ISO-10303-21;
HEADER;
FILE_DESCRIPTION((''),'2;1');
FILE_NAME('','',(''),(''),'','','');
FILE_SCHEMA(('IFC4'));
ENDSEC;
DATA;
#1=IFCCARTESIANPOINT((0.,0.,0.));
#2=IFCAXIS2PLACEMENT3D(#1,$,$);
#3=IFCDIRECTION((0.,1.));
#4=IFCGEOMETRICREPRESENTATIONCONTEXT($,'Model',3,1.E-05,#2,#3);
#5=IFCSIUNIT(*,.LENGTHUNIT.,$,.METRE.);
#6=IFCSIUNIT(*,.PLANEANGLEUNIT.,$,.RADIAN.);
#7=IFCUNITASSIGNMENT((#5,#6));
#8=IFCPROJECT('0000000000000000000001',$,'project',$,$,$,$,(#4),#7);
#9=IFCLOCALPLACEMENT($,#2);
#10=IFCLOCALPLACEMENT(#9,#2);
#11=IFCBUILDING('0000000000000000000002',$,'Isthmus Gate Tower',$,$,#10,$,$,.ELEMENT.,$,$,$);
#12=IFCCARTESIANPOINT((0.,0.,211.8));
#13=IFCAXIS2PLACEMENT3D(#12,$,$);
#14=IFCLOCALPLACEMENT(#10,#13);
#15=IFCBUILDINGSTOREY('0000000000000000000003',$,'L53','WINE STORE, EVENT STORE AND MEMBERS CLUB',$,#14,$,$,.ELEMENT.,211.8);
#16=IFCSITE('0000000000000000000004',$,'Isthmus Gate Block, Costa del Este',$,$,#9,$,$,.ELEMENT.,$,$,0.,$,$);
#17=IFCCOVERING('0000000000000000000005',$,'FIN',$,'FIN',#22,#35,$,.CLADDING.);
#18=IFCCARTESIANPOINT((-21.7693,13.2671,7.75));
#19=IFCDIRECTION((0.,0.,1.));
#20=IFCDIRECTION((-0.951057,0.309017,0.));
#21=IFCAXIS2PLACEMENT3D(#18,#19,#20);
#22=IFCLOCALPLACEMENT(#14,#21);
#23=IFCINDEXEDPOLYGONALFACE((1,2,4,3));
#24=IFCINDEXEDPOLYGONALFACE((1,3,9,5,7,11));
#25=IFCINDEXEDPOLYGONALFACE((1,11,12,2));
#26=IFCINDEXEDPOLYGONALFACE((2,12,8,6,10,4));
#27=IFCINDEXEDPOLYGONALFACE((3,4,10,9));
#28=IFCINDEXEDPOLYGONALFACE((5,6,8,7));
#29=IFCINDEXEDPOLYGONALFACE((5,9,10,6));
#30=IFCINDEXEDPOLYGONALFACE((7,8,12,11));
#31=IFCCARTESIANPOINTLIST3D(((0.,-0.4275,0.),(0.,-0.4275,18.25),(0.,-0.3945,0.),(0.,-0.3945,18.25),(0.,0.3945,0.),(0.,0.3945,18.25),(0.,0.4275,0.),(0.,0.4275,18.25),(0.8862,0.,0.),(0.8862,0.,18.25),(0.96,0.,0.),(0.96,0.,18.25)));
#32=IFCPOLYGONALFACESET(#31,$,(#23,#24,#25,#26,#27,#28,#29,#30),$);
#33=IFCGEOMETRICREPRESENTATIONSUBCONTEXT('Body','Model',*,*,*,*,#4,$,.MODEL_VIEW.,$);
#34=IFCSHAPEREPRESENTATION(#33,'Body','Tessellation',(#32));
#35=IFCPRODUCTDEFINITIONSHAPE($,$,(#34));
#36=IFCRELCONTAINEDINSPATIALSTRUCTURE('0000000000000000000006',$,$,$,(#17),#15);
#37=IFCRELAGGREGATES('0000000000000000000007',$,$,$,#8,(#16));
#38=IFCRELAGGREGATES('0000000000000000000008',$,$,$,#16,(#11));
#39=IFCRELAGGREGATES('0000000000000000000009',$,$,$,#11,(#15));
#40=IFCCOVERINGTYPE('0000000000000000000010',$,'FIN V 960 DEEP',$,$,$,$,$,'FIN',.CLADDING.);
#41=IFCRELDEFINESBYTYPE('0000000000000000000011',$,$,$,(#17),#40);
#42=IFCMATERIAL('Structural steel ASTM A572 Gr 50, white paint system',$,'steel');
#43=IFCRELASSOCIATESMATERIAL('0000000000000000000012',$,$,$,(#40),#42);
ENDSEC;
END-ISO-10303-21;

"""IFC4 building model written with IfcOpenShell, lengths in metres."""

from ifc_helpers import new_model, si_unit, direction, frame, origin, place, context, subcontext, project, spatial, polyline, outline, extrude, material, material_profile, profile_set, type_object, element, save


model = new_model("IFC4")

# Units and contexts
model_context = context("Model", 3, precision=1e-05, world=origin(), true_north=direction((0.0, 1.0)))
body_context = subcontext(model_context, "Body", "Model", "MODEL_VIEW")
ifc_project = project(units=[si_unit("LENGTHUNIT", "METRE"), si_unit("PLANEANGLEUNIT", "RADIAN")], contexts=[model_context])

# Site, building, storey
site_placement = place(None, origin())
site = spatial("IfcSite", under=ifc_project, at=site_placement, Name="Isthmus Gate Block, Costa del Este", CompositionType="ELEMENT", RefElevation=0.0)
building_placement = place(site_placement, origin())
building = spatial("IfcBuilding", under=site, at=building_placement, Name="Isthmus Gate Tower", CompositionType="ELEMENT")
storey_placement = place(building_placement, frame((0.0, 0.0, 211.8)))
storey = spatial("IfcBuildingStorey", under=building, at=storey_placement, Name="L53", Description="WINE STORE, EVENT STORE AND MEMBERS CLUB", CompositionType="ELEMENT", Elevation=211.8)

# Covering
ifc_material_1 = material(Name="Structural steel ASTM A572 Gr 50, white paint system", Category="steel")
ifc_material_profile_1 = material_profile(ifc_material_1, outline(polyline([(0.0, -0.4275), (0.96, 0.0), (0.0, 0.4275), (0.0, 0.3945), (0.8862, 0.0), (0.0, -0.3945), (0.0, -0.4275)])), Name="V960")
ifc_profile_set_1 = profile_set([ifc_material_profile_1], Name="Structural steel ASTM A572 Gr 50, white paint system")
covering_type_1 = type_object("IfcCoveringType", Name="FIN V 960 DEEP", ElementType="FIN", PredefinedType="CLADDING", material=ifc_profile_set_1)
for number, where, z_axis, x_axis, name in (
    (1, (-21.7693, 13.2671, 7.75), (0.0, 0.0, 1.0), (-0.951057, 0.309017, 0.0), "FIN"),
):
    element("IfcCovering", number, at=place(storey_placement, frame(where, z_axis=z_axis, x_axis=x_axis)), inside=storey, type_object=covering_type_1, Name=name, ObjectType="FIN", PredefinedType="CLADDING", context=body_context, shape_type="SweptSolid", body=[
        extrude(outline(polyline([(0.0, -0.4275), (0.96, 0.0), (0.0, 0.4275), (0.0, 0.3945), (0.8862, 0.0), (0.0, -0.3945), (0.0, -0.4275)])), origin(), (0.0, 0.0, 1.0), 18.25),
    ])

save(model, "model.ifc")
